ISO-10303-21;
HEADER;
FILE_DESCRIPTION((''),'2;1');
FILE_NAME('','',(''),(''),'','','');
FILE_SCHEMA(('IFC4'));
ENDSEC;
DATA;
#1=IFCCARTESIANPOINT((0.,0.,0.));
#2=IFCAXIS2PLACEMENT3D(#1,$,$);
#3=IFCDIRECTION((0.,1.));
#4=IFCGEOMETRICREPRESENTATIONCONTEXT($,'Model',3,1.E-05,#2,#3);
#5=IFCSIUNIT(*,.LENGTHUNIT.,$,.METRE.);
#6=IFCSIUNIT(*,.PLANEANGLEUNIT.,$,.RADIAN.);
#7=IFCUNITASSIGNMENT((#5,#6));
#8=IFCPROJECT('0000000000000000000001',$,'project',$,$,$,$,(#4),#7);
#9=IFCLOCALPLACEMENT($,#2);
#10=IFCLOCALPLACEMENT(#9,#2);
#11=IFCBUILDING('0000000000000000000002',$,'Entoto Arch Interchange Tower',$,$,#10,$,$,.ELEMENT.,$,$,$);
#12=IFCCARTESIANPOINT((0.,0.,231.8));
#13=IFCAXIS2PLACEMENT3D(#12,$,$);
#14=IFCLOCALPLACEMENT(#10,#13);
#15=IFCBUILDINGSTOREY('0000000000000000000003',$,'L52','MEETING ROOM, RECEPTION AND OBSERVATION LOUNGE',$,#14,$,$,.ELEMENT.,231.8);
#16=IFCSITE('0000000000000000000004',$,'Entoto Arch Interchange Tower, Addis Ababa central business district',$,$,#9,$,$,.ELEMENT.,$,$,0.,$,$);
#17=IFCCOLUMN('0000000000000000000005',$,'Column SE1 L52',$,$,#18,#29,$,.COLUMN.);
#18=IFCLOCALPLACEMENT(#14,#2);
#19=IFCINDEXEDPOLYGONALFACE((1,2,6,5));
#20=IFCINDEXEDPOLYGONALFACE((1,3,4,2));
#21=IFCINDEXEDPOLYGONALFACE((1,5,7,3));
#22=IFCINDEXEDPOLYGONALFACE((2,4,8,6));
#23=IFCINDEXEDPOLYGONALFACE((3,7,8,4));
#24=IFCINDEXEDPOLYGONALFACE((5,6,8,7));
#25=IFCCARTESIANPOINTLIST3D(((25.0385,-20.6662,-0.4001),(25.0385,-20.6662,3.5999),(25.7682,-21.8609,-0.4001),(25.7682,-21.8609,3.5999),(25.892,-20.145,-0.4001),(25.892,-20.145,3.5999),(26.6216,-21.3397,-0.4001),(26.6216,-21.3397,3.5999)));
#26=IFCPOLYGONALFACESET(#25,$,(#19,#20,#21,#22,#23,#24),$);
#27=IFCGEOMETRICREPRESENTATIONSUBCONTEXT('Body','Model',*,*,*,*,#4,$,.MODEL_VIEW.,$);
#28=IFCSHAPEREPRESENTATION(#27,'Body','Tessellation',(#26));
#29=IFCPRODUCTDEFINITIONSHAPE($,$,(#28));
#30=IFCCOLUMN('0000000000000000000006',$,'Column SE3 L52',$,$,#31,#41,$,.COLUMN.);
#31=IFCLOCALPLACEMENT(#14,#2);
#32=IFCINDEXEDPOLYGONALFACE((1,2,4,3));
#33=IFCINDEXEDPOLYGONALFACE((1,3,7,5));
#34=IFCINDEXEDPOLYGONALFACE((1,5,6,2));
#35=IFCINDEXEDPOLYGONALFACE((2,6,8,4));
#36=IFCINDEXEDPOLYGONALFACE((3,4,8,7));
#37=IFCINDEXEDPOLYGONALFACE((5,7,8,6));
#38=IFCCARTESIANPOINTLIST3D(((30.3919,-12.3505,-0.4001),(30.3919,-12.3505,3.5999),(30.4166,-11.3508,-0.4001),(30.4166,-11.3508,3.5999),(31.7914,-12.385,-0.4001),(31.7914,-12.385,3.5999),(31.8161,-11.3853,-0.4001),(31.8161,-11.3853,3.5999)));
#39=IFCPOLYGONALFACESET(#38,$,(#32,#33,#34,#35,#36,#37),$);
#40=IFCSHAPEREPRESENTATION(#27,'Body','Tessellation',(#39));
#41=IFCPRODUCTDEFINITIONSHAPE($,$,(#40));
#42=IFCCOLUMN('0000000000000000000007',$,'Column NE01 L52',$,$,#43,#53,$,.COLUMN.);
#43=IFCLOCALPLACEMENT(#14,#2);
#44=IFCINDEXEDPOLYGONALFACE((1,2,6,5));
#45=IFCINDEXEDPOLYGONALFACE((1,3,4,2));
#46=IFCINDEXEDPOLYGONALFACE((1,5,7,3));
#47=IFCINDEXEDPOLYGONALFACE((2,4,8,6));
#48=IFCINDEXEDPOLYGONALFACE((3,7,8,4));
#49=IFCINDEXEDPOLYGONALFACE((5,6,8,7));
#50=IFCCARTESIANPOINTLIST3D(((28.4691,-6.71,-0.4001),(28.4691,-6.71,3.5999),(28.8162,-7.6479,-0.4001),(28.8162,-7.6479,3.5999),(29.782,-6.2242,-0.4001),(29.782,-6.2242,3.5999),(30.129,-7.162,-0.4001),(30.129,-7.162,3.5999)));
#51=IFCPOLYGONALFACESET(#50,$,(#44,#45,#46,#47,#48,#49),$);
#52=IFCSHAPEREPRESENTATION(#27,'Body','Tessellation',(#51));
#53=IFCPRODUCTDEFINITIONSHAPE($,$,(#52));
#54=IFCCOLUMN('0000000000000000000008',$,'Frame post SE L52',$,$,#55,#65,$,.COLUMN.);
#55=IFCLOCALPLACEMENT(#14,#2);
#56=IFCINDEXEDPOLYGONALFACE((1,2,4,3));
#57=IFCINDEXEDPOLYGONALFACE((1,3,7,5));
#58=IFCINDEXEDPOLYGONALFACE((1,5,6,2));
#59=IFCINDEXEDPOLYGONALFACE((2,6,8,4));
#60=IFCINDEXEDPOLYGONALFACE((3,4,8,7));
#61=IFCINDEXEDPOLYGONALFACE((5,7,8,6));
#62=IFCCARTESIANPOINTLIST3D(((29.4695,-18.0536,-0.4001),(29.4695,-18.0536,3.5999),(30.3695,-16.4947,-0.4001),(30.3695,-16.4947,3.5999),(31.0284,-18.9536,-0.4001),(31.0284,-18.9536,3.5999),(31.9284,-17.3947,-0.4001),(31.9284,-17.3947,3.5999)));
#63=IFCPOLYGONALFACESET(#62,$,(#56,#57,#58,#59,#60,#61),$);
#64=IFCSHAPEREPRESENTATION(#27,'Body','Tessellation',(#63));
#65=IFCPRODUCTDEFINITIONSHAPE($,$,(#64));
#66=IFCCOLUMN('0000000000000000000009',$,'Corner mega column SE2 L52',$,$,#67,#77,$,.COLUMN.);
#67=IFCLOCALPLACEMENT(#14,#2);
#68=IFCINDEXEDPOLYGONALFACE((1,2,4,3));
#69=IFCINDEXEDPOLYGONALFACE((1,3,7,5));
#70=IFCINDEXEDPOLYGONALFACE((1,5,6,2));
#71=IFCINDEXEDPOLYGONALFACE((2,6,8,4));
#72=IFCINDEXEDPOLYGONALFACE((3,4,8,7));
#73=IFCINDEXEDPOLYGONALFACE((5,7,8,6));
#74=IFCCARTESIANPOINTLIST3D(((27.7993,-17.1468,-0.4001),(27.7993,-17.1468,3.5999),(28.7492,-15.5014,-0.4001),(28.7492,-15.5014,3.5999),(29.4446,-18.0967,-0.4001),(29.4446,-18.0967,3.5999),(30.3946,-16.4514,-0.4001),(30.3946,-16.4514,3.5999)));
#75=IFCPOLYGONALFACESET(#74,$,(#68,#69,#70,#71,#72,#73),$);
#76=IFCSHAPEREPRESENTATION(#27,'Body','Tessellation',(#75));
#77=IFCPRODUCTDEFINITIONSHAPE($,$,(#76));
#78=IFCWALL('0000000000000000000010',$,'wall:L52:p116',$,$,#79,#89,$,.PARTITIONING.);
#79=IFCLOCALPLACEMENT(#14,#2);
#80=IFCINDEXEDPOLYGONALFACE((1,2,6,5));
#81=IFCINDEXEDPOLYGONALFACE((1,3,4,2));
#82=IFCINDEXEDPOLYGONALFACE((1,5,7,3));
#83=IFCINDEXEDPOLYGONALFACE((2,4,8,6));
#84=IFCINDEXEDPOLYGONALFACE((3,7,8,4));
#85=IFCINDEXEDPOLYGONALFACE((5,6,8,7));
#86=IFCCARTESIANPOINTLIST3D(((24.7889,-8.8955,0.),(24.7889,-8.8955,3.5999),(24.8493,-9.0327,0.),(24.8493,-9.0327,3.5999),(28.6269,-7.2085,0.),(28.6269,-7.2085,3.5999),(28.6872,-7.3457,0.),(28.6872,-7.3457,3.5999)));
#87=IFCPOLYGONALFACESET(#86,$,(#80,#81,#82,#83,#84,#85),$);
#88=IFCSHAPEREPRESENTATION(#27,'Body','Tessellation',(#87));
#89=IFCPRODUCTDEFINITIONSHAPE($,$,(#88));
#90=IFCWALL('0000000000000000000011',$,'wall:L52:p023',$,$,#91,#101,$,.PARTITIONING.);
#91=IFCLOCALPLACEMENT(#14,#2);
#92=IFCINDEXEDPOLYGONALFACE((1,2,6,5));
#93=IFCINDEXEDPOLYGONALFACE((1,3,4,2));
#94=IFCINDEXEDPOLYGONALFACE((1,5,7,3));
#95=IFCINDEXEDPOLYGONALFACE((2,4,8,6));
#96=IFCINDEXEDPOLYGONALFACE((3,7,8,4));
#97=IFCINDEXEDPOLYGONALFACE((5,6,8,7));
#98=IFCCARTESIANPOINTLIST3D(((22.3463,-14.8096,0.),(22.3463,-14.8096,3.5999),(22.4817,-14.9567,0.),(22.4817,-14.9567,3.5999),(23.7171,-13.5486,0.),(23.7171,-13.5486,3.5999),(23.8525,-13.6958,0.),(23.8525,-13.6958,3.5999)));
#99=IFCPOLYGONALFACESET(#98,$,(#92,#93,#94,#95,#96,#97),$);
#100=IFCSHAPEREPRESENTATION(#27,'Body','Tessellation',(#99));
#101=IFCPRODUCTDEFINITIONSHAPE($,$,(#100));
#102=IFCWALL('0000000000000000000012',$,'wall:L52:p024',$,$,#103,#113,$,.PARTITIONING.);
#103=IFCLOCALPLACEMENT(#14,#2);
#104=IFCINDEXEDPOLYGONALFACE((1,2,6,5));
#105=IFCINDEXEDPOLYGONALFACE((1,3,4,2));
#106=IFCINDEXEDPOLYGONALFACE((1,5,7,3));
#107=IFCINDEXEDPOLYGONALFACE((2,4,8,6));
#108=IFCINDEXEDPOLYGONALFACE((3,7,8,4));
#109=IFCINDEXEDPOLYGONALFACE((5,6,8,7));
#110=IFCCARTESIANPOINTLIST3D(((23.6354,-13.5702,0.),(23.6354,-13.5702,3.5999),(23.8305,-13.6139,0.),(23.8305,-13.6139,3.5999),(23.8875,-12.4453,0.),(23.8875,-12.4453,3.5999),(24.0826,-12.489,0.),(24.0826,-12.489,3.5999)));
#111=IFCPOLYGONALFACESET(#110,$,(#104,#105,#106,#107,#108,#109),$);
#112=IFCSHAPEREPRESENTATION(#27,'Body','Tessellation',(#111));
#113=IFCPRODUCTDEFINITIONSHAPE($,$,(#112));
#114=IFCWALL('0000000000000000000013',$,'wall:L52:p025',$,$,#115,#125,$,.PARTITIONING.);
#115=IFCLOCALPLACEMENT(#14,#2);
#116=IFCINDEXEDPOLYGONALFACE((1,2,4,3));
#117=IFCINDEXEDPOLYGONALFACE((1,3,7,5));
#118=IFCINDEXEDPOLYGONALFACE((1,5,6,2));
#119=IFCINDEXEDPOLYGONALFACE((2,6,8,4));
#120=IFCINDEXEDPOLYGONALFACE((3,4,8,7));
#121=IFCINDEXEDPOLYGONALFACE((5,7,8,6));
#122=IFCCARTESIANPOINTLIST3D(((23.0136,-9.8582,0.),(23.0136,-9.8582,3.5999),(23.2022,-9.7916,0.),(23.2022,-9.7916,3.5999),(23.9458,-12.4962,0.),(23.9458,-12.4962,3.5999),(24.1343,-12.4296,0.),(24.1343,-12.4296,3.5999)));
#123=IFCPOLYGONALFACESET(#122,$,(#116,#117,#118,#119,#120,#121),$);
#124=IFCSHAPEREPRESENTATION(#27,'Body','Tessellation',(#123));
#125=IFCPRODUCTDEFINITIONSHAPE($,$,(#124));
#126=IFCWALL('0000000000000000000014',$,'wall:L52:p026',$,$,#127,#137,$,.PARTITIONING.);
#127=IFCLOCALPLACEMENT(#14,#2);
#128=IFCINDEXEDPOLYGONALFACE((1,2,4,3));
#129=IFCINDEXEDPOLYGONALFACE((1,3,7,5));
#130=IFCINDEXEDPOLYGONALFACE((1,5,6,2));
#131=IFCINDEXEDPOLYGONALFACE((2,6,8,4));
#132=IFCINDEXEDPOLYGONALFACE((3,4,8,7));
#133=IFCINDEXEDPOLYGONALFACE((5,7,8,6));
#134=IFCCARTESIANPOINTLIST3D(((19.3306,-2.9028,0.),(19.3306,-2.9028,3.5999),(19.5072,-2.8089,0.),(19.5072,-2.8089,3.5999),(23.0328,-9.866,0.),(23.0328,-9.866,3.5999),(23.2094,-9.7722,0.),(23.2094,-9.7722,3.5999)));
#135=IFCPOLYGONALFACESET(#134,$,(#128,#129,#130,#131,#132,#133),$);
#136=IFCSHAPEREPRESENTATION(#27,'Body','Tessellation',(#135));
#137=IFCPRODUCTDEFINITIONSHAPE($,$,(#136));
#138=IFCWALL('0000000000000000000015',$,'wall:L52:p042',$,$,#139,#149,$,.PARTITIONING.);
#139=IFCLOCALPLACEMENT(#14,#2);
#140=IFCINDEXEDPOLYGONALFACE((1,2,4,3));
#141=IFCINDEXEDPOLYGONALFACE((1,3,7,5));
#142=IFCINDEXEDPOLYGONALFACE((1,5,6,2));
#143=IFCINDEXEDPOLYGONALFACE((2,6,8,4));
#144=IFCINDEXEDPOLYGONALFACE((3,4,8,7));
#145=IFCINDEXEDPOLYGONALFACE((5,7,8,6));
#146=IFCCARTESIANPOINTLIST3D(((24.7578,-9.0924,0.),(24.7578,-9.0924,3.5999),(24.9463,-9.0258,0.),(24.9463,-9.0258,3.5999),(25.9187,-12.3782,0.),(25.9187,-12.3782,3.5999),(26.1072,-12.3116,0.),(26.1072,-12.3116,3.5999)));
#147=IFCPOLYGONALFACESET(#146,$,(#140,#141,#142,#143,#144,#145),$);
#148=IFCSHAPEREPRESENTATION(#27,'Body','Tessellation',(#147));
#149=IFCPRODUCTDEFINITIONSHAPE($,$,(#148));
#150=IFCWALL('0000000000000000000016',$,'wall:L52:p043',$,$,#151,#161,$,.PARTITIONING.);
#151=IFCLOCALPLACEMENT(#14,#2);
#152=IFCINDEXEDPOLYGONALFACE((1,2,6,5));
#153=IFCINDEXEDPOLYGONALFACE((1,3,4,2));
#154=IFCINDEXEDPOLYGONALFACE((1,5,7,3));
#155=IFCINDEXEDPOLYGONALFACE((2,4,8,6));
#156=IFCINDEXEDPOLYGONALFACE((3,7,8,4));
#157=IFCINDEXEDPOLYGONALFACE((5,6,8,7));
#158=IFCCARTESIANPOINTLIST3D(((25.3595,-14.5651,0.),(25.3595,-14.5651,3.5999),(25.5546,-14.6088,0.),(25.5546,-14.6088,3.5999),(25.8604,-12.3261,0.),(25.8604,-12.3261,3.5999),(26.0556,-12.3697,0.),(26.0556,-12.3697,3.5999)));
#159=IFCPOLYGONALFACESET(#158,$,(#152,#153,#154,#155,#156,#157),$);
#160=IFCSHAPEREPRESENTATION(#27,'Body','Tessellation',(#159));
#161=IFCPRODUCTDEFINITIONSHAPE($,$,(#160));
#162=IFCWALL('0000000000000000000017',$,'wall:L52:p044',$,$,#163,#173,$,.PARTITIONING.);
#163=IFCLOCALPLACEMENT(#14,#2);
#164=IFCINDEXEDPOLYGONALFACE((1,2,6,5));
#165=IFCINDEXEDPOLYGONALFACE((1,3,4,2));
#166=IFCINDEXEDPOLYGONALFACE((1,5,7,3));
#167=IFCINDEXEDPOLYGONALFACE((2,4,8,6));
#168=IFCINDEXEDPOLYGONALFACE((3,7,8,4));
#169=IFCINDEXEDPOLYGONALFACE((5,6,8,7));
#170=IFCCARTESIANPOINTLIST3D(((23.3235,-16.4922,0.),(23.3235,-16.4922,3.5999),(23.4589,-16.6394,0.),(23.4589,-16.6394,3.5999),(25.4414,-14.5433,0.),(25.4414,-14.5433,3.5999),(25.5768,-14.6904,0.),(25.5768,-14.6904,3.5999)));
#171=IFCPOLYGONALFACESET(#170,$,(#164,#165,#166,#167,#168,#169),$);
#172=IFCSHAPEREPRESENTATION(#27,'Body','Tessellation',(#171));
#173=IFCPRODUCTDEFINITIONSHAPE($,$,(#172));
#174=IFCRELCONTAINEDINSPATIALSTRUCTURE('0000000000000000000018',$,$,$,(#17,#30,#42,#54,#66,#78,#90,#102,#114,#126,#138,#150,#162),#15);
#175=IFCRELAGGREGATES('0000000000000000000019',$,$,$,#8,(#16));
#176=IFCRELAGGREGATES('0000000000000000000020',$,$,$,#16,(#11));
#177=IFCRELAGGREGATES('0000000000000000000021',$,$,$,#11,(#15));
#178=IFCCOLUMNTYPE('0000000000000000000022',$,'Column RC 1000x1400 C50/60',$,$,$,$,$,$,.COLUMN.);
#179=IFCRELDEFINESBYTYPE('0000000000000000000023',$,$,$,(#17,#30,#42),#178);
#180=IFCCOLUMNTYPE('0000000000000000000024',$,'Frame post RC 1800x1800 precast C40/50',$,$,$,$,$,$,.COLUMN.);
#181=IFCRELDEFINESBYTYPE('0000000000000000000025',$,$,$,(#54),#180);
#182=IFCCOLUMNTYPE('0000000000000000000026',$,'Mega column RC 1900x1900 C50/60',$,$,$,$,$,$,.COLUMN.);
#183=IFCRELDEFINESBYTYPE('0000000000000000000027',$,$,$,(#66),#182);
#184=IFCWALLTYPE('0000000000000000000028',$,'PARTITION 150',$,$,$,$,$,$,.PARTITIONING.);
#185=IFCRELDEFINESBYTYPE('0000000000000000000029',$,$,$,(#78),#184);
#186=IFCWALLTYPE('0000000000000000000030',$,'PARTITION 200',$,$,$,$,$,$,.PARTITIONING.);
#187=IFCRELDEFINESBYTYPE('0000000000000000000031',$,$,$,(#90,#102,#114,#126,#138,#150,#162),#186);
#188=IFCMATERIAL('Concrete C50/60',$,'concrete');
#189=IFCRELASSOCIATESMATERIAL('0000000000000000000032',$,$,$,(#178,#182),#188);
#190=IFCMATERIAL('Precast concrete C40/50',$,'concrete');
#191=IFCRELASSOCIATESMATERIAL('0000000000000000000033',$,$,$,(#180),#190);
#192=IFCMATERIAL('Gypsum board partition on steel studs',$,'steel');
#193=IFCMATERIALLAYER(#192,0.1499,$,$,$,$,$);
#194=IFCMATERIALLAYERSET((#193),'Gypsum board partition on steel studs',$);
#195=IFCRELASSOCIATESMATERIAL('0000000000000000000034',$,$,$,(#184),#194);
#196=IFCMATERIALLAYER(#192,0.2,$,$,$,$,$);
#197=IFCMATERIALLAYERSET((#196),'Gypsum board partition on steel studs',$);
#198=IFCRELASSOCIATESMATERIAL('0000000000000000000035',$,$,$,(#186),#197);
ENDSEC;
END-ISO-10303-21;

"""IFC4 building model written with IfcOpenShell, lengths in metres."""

from ifc_helpers import new_model, si_unit, direction, frame, frame_2d, origin, origin_2d, place, context, subcontext, project, spatial, rectangle, extrude, material, layer, layer_set, material_profile, profile_set, type_object, element, save


model = new_model("IFC4")

# Units and contexts
model_context = context("Model", 3, precision=1e-05, world=origin(), true_north=direction((0.0, 1.0)))
body_context = subcontext(model_context, "Body", "Model", "MODEL_VIEW")
ifc_project = project(units=[si_unit("LENGTHUNIT", "METRE"), si_unit("PLANEANGLEUNIT", "RADIAN")], contexts=[model_context])

# Site, building, storey
site_placement = place(None, origin())
site = spatial("IfcSite", under=ifc_project, at=site_placement, Name="Entoto Arch Interchange Tower, Addis Ababa central business district", CompositionType="ELEMENT", RefElevation=0.0)
building_placement = place(site_placement, origin())
building = spatial("IfcBuilding", under=site, at=building_placement, Name="Entoto Arch Interchange Tower", CompositionType="ELEMENT")
storey_placement = place(building_placement, frame((0.0, 0.0, 231.8)))
storey = spatial("IfcBuildingStorey", under=building, at=storey_placement, Name="L52", Description="MEETING ROOM, RECEPTION AND OBSERVATION LOUNGE", CompositionType="ELEMENT", Elevation=231.8)

# Columns
ifc_material_1 = material(Name="Concrete C50/60", Category="concrete")
ifc_material_profile_1 = material_profile(ifc_material_1, rectangle(XDim=1.0, YDim=1.3999, at=origin_2d()))
ifc_profile_set_1 = profile_set([ifc_material_profile_1], Name="Concrete C50/60")
column_type_1 = type_object("IfcColumnType", Name="Column RC 1000x1400 C50/60", PredefinedType="COLUMN", material=ifc_profile_set_1)
for number, where, z_axis, x_axis, name in (
    (1, (25.8301, -21.0029, -0.4001), (0.0, 0.0, 1.0), (0.853423, 0.521218, 0.0), "Column SE1 L52"),
    (2, (31.104, -11.8679, -0.4001), (0.0, 0.0, 1.0), (0.024676, 0.999695, 0.0), "Column SE3 L52"),
    (3, (29.2991, -6.936, -0.4001), (0.0, 0.0, 1.0), (-0.347067, 0.93784, 0.0), "Column NE01 L52"),
):
    element("IfcColumn", number, at=place(storey_placement, frame(where, z_axis=z_axis, x_axis=x_axis)), inside=storey, type_object=column_type_1, Name=name, PredefinedType="COLUMN", context=body_context, shape_type="SweptSolid", body=[
        extrude(rectangle(XDim=1.0, YDim=1.3999, at=origin_2d()), origin(), (0.0, 0.0, 1.0), 4.0),
    ])
ifc_material_2 = material(Name="Precast concrete C40/50", Category="concrete")
ifc_material_profile_2 = material_profile(ifc_material_2, rectangle(XDim=1.8, YDim=1.8, at=origin_2d()))
ifc_profile_set_2 = profile_set([ifc_material_profile_2], Name="Precast concrete C40/50")
column_type_2 = type_object("IfcColumnType", Name="Frame post RC 1800x1800 precast C40/50", PredefinedType="COLUMN", material=ifc_profile_set_2)
column_1_placement = place(storey_placement, frame((30.699, -17.7241, -0.4001), z_axis=(0.0, 0.0, 1.0), x_axis=(-0.866025, 0.5, 0.0)))
element("IfcColumn", 4, at=column_1_placement, inside=storey, type_object=column_type_2, Name="Frame post SE L52", PredefinedType="COLUMN", context=body_context, shape_type="SweptSolid", body=[
    extrude(rectangle(XDim=1.8, YDim=1.8, at=origin_2d()), origin(), (0.0, 0.0, 1.0), 4.0),
])
ifc_material_profile_3 = material_profile(ifc_material_1, rectangle(XDim=1.8999, YDim=1.8999, at=origin_2d()))
ifc_profile_set_3 = profile_set([ifc_material_profile_3], Name="Concrete C50/60")
column_type_3 = type_object("IfcColumnType", Name="Mega column RC 1900x1900 C50/60", PredefinedType="COLUMN", material=ifc_profile_set_3)
column_2_placement = place(storey_placement, frame((29.0969, -16.7991, -0.4001), z_axis=(0.0, 0.0, 1.0), x_axis=(-0.866025, 0.5, 0.0)))
element("IfcColumn", 5, at=column_2_placement, inside=storey, type_object=column_type_3, Name="Corner mega column SE2 L52", PredefinedType="COLUMN", context=body_context, shape_type="SweptSolid", body=[
    extrude(rectangle(XDim=1.8999, YDim=1.8999, at=origin_2d()), origin(), (0.0, 0.0, 1.0), 4.0),
])

# Walls
ifc_material_3 = material(Name="Gypsum board partition on steel studs", Category="steel")
ifc_layer_1 = layer(ifc_material_3, 0.1499)
ifc_layer_set_1 = layer_set([ifc_layer_1], Name="Gypsum board partition on steel studs")
wall_type_1 = type_object("IfcWallType", Name="PARTITION 150", PredefinedType="PARTITIONING", material=ifc_layer_set_1)
wall_1_placement = place(storey_placement, frame((24.8191, -8.9641, 0.0), z_axis=(0.0, 0.0, 1.0), x_axis=(0.915461, 0.402407, 0.0)))
element("IfcWall", 6, at=wall_1_placement, inside=storey, type_object=wall_type_1, Name="wall:L52:p116", PredefinedType="PARTITIONING", context=body_context, shape_type="SweptSolid", body=[
    extrude(rectangle(XDim=4.1924, YDim=0.1499, at=frame_2d((2.0962, 0.0))), origin(), (0.0, 0.0, 1.0), 3.5999),
])
ifc_layer_2 = layer(ifc_material_3, 0.2)
ifc_layer_set_2 = layer_set([ifc_layer_2], Name="Gypsum board partition on steel studs")
wall_type_2 = type_object("IfcWallType", Name="PARTITION 200", PredefinedType="PARTITIONING", material=ifc_layer_set_2)
wall_2_placement = place(storey_placement, frame((22.4141, -14.8831, 0.0), z_axis=(0.0, 0.0, 1.0), x_axis=(0.735983, 0.677, 0.0)))
element("IfcWall", 7, at=wall_2_placement, inside=storey, type_object=wall_type_2, Name="wall:L52:p023", PredefinedType="PARTITIONING", context=body_context, shape_type="SweptSolid", body=[
    extrude(rectangle(XDim=1.8625, YDim=0.2, at=frame_2d((0.9312, 0.0))), origin(), (0.0, 0.0, 1.0), 3.5999),
])
wall_3_placement = place(storey_placement, frame((23.7329, -13.592, 0.0), z_axis=(0.0, 0.0, 1.0), x_axis=(0.218746, 0.975782, 0.0)))
element("IfcWall", 8, at=wall_3_placement, inside=storey, type_object=wall_type_2, Name="wall:L52:p024", PredefinedType="PARTITIONING", context=body_context, shape_type="SweptSolid", body=[
    extrude(rectangle(XDim=1.1528, YDim=0.2, at=frame_2d((0.5764, 0.0))), origin(), (0.0, 0.0, 1.0), 3.5999),
])
wall_4_placement = place(storey_placement, frame((24.04, -12.4629, 0.0), z_axis=(0.0, 0.0, 1.0), x_axis=(-0.333167, 0.942868, 0.0)))
element("IfcWall", 9, at=wall_4_placement, inside=storey, type_object=wall_type_2, Name="wall:L52:p025", PredefinedType="PARTITIONING", context=body_context, shape_type="SweptSolid", body=[
    extrude(rectangle(XDim=2.7979, YDim=0.2, at=frame_2d((1.3989, 0.0))), origin(), (0.0, 0.0, 1.0), 3.5999),
])
wall_5_placement = place(storey_placement, frame((23.1211, -9.8191, 0.0), z_axis=(0.0, 0.0, 1.0), x_axis=(-0.46945, 0.882959, 0.0)))
element("IfcWall", 10, at=wall_5_placement, inside=storey, type_object=wall_type_2, Name="wall:L52:p026", PredefinedType="PARTITIONING", context=body_context, shape_type="SweptSolid", body=[
    extrude(rectangle(XDim=7.8862, YDim=0.2, at=frame_2d((3.9431, 0.0))), origin(), (0.0, 0.0, 1.0), 3.5999),
])
wall_6_placement = place(storey_placement, frame((24.8521, -9.0591, 0.0), z_axis=(0.0, 0.0, 1.0), x_axis=(0.333117, -0.942886, 0.0)))
element("IfcWall", 11, at=wall_6_placement, inside=storey, type_object=wall_type_2, Name="wall:L52:p042", PredefinedType="PARTITIONING", context=body_context, shape_type="SweptSolid", body=[
    extrude(rectangle(XDim=3.4849, YDim=0.2, at=frame_2d((1.7424, 0.0))), origin(), (0.0, 0.0, 1.0), 3.5999),
])
wall_7_placement = place(storey_placement, frame((25.958, -12.3479, 0.0), z_axis=(0.0, 0.0, 1.0), x_axis=(-0.21835, -0.975871, 0.0)))
element("IfcWall", 12, at=wall_7_placement, inside=storey, type_object=wall_type_2, Name="wall:L52:p043", PredefinedType="PARTITIONING", context=body_context, shape_type="SweptSolid", body=[
    extrude(rectangle(XDim=2.2944, YDim=0.2, at=frame_2d((1.1472, 0.0))), origin(), (0.0, 0.0, 1.0), 3.5999),
])
wall_8_placement = place(storey_placement, frame((25.509, -14.6169, 0.0), z_axis=(0.0, 0.0, 1.0), x_axis=(-0.735846, -0.677148, 0.0)))
element("IfcWall", 13, at=wall_8_placement, inside=storey, type_object=wall_type_2, Name="wall:L52:p044", PredefinedType="PARTITIONING", context=body_context, shape_type="SweptSolid", body=[
    extrude(rectangle(XDim=2.8782, YDim=0.2, at=frame_2d((1.439, 0.0))), origin(), (0.0, 0.0, 1.0), 3.5999),
])

save(model, "model.ifc")
